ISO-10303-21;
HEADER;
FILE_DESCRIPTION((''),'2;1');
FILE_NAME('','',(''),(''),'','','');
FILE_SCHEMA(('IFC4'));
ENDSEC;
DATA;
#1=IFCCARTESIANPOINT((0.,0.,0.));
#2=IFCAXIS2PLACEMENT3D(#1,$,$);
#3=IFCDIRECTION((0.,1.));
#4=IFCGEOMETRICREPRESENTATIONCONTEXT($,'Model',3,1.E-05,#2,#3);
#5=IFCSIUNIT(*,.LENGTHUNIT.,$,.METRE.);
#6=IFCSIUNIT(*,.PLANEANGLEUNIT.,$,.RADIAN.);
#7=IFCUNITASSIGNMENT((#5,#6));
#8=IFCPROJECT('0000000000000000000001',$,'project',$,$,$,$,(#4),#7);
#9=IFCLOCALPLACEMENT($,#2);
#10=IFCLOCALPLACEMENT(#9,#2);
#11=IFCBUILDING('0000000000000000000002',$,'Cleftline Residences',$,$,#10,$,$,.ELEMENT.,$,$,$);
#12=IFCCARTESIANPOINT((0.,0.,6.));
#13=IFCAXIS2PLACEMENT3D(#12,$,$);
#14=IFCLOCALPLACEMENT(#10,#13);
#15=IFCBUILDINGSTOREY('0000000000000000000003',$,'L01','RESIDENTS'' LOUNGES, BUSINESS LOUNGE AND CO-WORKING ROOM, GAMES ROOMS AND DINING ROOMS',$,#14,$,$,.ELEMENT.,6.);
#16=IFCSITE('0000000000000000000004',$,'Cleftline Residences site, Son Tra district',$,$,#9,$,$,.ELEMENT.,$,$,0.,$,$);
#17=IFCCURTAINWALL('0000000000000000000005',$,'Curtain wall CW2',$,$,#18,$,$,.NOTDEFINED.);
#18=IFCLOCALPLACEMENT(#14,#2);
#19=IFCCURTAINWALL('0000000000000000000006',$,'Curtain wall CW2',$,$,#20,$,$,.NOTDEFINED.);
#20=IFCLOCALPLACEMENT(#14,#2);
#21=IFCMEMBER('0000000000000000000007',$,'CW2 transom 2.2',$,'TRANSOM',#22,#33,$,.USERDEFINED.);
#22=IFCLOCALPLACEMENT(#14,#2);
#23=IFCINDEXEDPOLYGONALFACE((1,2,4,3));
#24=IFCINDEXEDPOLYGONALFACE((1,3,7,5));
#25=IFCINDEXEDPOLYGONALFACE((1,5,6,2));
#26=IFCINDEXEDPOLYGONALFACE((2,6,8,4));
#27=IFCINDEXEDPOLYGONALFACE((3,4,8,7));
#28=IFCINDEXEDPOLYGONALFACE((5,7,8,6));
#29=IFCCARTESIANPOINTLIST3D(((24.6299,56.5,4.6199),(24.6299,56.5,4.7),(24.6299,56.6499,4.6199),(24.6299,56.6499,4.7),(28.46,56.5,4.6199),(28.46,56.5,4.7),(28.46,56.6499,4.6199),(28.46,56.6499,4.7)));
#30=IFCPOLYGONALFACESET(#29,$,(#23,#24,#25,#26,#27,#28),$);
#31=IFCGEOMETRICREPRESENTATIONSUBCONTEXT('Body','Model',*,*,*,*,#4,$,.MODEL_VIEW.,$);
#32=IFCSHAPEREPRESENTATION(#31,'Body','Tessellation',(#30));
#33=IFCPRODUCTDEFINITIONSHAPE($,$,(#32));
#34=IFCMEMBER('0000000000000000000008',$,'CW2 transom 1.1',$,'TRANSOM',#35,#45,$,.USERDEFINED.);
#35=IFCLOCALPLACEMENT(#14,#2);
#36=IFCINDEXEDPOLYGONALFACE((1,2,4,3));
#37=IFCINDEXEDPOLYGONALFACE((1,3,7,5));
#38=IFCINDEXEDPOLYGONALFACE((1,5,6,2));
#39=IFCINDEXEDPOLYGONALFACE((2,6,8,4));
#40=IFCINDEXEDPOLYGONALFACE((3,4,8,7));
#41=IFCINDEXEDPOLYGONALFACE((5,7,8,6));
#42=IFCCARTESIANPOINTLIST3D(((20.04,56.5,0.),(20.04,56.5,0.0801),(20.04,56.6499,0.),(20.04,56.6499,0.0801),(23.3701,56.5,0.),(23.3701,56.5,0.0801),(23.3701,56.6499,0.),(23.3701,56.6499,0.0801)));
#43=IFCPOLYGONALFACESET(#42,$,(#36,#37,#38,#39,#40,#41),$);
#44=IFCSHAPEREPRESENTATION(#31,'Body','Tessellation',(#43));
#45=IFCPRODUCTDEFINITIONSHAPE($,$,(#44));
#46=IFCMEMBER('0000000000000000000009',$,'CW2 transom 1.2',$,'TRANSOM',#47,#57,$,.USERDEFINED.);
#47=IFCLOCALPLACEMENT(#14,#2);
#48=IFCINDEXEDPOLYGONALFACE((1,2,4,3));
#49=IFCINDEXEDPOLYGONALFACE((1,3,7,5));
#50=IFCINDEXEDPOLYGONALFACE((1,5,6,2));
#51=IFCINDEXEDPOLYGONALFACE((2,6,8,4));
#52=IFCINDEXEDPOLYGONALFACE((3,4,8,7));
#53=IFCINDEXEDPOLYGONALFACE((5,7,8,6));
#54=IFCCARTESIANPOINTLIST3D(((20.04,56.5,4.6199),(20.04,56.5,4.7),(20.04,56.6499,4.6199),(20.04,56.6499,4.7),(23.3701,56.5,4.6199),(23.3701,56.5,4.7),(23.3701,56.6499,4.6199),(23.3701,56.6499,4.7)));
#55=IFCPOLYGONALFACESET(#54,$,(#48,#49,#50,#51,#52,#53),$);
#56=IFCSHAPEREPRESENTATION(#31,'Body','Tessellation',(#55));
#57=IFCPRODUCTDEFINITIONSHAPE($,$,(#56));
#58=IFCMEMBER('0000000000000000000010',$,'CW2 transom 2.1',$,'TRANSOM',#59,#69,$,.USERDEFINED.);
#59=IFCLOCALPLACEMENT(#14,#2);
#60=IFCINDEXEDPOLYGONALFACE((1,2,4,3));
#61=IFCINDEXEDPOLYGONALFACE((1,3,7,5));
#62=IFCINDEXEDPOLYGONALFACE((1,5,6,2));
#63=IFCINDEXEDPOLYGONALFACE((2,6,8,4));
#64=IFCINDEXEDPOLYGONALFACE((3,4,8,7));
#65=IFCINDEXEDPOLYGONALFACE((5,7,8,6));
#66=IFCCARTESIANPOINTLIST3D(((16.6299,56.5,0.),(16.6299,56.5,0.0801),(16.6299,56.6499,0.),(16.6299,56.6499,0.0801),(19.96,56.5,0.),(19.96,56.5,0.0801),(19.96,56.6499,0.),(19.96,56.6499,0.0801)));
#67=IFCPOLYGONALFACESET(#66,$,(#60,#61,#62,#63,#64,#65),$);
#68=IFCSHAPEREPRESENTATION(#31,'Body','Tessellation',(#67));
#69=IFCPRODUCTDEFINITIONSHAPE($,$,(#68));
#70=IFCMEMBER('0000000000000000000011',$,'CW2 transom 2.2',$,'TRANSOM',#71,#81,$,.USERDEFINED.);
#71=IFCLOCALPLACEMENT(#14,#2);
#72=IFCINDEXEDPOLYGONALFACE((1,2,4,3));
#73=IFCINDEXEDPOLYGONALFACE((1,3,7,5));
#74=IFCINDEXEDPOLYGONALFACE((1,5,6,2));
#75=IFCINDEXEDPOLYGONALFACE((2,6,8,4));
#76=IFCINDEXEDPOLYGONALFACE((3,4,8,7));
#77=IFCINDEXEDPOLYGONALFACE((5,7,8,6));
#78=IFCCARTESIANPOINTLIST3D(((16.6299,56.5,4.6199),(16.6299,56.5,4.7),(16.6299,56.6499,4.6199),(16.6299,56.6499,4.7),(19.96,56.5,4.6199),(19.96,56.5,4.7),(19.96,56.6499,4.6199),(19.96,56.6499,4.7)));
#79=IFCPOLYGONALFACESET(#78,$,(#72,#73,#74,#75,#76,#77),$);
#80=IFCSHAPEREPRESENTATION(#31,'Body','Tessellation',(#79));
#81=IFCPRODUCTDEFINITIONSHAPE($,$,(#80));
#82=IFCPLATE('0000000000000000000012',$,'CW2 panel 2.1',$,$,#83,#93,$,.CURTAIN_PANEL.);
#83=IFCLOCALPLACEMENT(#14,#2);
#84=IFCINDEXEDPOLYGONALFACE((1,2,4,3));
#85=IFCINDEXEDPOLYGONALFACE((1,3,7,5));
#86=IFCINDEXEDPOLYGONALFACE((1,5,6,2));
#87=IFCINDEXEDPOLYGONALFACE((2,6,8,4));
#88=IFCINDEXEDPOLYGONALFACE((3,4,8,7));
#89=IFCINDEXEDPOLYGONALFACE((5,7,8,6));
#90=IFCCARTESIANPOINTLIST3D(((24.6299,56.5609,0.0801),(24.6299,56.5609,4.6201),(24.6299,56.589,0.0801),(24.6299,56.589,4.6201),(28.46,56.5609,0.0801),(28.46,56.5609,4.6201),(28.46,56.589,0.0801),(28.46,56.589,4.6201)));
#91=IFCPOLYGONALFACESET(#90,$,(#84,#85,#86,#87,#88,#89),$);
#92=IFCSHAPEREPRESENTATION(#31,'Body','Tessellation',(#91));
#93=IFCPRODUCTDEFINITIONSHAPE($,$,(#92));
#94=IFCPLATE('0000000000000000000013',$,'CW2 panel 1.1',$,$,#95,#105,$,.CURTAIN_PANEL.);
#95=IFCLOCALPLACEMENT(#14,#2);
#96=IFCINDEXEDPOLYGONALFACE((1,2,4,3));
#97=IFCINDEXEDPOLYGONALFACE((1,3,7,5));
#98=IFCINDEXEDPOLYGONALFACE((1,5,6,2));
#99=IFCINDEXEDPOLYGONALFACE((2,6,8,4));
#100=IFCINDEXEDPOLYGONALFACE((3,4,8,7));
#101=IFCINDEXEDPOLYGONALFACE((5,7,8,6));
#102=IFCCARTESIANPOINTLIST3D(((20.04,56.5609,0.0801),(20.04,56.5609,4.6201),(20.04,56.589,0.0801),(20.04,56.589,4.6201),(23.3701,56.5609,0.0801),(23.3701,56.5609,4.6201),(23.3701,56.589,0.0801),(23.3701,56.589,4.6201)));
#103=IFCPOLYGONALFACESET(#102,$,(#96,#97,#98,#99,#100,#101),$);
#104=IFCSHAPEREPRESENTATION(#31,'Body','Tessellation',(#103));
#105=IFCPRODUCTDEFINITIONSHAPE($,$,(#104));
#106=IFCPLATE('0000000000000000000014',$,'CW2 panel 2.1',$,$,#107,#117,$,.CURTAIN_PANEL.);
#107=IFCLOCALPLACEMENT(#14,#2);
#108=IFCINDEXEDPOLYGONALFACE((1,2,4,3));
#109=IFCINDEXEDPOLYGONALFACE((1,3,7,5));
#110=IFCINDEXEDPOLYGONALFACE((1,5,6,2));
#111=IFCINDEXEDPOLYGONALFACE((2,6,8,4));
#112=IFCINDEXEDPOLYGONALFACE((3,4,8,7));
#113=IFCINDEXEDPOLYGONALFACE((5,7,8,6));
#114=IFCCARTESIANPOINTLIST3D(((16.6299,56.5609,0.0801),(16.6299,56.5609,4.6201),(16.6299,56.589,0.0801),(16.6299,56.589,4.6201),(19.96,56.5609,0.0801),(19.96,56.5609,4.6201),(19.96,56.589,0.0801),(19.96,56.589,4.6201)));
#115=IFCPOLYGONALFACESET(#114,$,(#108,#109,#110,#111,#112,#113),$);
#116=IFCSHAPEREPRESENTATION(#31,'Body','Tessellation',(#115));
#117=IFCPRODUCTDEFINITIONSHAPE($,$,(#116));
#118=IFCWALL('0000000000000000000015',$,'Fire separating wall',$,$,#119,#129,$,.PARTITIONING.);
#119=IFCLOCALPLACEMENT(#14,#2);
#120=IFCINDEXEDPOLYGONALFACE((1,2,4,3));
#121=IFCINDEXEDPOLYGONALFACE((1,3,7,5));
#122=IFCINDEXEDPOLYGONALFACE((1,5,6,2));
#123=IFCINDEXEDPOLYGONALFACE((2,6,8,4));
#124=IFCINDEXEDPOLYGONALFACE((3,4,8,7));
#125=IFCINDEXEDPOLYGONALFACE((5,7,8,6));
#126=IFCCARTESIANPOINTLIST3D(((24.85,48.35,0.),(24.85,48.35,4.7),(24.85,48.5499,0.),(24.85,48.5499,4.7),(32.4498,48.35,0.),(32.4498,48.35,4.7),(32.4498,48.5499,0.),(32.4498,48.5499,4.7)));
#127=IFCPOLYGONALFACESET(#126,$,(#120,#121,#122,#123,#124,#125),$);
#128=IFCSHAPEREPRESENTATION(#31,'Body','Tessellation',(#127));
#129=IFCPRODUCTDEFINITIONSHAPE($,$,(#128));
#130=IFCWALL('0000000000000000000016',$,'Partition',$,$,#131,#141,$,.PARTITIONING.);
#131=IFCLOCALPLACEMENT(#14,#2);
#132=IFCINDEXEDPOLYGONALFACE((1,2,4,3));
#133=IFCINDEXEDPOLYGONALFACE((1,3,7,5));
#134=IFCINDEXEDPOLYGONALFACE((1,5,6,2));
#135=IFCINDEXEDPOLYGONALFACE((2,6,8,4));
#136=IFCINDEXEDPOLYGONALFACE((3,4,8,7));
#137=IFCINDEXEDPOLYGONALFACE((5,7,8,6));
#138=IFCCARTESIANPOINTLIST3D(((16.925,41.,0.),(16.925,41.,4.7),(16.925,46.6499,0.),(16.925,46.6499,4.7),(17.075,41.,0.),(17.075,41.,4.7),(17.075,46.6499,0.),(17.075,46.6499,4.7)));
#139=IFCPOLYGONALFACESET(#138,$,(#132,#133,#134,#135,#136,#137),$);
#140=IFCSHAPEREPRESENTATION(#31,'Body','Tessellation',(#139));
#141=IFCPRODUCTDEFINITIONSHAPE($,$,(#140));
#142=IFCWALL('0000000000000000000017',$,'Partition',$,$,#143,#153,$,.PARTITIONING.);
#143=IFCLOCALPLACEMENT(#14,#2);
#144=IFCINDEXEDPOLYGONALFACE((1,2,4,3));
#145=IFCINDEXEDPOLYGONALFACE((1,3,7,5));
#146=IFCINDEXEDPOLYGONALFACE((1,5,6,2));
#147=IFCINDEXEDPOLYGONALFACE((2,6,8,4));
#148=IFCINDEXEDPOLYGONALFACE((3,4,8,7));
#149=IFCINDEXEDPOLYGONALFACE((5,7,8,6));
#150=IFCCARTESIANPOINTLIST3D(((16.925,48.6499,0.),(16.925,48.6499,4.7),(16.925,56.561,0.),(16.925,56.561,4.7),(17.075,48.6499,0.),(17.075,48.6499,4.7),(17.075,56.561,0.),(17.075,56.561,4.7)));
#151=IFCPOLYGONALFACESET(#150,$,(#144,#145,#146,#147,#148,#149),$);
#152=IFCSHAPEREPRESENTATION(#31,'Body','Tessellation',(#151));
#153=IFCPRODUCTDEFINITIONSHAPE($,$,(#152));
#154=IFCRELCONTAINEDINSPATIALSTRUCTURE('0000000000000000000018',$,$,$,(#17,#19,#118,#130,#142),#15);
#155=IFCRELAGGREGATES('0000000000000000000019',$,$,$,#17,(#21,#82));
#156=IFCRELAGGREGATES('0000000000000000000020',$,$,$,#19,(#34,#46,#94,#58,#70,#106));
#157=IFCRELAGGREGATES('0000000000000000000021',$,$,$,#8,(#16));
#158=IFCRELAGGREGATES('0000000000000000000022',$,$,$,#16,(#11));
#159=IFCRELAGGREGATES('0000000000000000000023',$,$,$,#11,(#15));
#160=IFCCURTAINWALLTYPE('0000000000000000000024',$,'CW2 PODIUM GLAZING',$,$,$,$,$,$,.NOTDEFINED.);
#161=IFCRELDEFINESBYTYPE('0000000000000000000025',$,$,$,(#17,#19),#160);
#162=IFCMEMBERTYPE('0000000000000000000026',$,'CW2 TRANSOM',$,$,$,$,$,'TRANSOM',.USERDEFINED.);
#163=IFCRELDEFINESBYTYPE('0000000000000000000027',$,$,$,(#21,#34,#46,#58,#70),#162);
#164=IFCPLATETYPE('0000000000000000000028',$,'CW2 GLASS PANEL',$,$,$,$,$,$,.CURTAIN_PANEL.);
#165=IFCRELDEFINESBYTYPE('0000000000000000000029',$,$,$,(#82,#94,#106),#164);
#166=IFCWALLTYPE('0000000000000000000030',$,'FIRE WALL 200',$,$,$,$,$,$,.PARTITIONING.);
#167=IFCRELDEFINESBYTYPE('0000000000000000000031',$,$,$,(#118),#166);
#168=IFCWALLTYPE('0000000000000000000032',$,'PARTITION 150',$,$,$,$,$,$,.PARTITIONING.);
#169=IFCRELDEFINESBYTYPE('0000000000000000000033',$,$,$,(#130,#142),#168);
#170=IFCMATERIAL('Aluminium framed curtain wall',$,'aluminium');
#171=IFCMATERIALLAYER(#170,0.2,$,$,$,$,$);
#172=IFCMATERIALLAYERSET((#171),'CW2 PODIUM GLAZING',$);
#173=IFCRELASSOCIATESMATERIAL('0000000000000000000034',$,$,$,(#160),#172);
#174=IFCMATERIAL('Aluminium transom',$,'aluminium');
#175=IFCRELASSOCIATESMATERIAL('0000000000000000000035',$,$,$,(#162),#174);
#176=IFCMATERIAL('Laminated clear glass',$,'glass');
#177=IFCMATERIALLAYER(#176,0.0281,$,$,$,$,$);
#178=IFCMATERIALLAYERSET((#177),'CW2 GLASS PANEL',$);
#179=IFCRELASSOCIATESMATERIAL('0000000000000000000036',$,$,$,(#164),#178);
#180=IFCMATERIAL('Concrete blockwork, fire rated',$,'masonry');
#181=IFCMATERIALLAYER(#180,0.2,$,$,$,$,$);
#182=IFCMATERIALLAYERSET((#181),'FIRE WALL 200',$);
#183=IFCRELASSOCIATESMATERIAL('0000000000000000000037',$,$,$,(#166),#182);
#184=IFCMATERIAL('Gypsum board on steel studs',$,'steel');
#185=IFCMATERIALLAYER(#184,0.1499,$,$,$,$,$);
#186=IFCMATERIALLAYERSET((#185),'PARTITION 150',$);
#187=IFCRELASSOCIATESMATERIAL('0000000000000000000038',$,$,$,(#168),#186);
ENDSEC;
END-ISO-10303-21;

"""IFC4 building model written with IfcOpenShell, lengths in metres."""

from ifc_helpers import new_model, si_unit, direction, frame, frame_2d, origin, origin_2d, place, context, subcontext, project, spatial, rectangle, extrude, material, layer, layer_set, material_profile, profile_set, type_object, element, aggregate, save


model = new_model("IFC4")

# Units and contexts
model_context = context("Model", 3, precision=1e-05, world=origin(), true_north=direction((0.0, 1.0)))
body_context = subcontext(model_context, "Body", "Model", "MODEL_VIEW")
ifc_project = project(units=[si_unit("LENGTHUNIT", "METRE"), si_unit("PLANEANGLEUNIT", "RADIAN")], contexts=[model_context])

# Site, building, storey
site_placement = place(None, origin())
site = spatial("IfcSite", under=ifc_project, at=site_placement, Name="Cleftline Residences site, Son Tra district", CompositionType="ELEMENT", RefElevation=0.0)
building_placement = place(site_placement, origin())
building = spatial("IfcBuilding", under=site, at=building_placement, Name="Cleftline Residences", CompositionType="ELEMENT")
storey_placement = place(building_placement, frame((0.0, 0.0, 6.0)))
storey = spatial("IfcBuildingStorey", under=building, at=storey_placement, Name="L01", Description="RESIDENTS' LOUNGES, BUSINESS LOUNGE AND CO-WORKING ROOM, GAMES ROOMS AND DINING ROOMS", CompositionType="ELEMENT", Elevation=6.0)

# Curtain walls
ifc_material_1 = material(Name="Aluminium framed curtain wall", Category="aluminium")
ifc_layer_1 = layer(ifc_material_1, 0.2)
ifc_layer_set_1 = layer_set([ifc_layer_1], Name="CW2 PODIUM GLAZING")
curtain_wall_type = type_object("IfcCurtainWallType", Name="CW2 PODIUM GLAZING", PredefinedType="NOTDEFINED", material=ifc_layer_set_1)
curtain_wall_1_placement = place(storey_placement, origin())
curtain_wall_1 = element("IfcCurtainWall", 1, at=curtain_wall_1_placement, inside=storey, type_object=curtain_wall_type, Name="Curtain wall CW2", PredefinedType="NOTDEFINED")
curtain_wall_2_placement = place(storey_placement, origin())
curtain_wall_2 = element("IfcCurtainWall", 2, at=curtain_wall_2_placement, inside=storey, type_object=curtain_wall_type, Name="Curtain wall CW2", PredefinedType="NOTDEFINED")

# Members
ifc_material_2 = material(Name="Aluminium transom", Category="aluminium")
ifc_material_profile_1 = material_profile(ifc_material_2, rectangle(XDim=0.1499, YDim=0.0801, at=origin_2d()))
ifc_profile_set_1 = profile_set([ifc_material_profile_1], Name="Aluminium transom")
member_type_1 = type_object("IfcMemberType", Name="CW2 TRANSOM", ElementType="TRANSOM", PredefinedType="USERDEFINED", material=ifc_profile_set_1)
member_1_placement = place(storey_placement, frame((28.46, 56.575, 4.6599), z_axis=(-1.0, 0.0, 0.0), x_axis=(0.0, -1.0, 0.0)))
member_1 = element("IfcMember", 3, at=member_1_placement, type_object=member_type_1, Name="CW2 transom 2.2", ObjectType="TRANSOM", PredefinedType="USERDEFINED", context=body_context, shape_type="SweptSolid", body=[
    extrude(rectangle(XDim=0.1499, YDim=0.0801, at=origin_2d()), origin(), (0.0, 0.0, 1.0), 3.8301),
])
member_2_placement = place(storey_placement, frame((23.3701, 56.575, 0.04), z_axis=(-1.0, 0.0, 0.0), x_axis=(0.0, -1.0, 0.0)))
member_2 = element("IfcMember", 4, at=member_2_placement, type_object=member_type_1, Name="CW2 transom 1.1", ObjectType="TRANSOM", PredefinedType="USERDEFINED", context=body_context, shape_type="SweptSolid", body=[
    extrude(rectangle(XDim=0.1499, YDim=0.0801, at=origin_2d()), origin(), (0.0, 0.0, 1.0), 3.3301),
])
member_3_placement = place(storey_placement, frame((23.3701, 56.575, 4.6599), z_axis=(-1.0, 0.0, 0.0), x_axis=(0.0, -1.0, 0.0)))
member_3 = element("IfcMember", 5, at=member_3_placement, type_object=member_type_1, Name="CW2 transom 1.2", ObjectType="TRANSOM", PredefinedType="USERDEFINED", context=body_context, shape_type="SweptSolid", body=[
    extrude(rectangle(XDim=0.1499, YDim=0.0801, at=origin_2d()), origin(), (0.0, 0.0, 1.0), 3.3301),
])
member_4_placement = place(storey_placement, frame((19.96, 56.575, 0.04), z_axis=(-1.0, 0.0, 0.0), x_axis=(0.0, -1.0, 0.0)))
member_4 = element("IfcMember", 6, at=member_4_placement, type_object=member_type_1, Name="CW2 transom 2.1", ObjectType="TRANSOM", PredefinedType="USERDEFINED", context=body_context, shape_type="SweptSolid", body=[
    extrude(rectangle(XDim=0.1499, YDim=0.0801, at=origin_2d()), origin(), (0.0, 0.0, 1.0), 3.3301),
])
member_5_placement = place(storey_placement, frame((19.96, 56.575, 4.6599), z_axis=(-1.0, 0.0, 0.0), x_axis=(0.0, -1.0, 0.0)))
member_5 = element("IfcMember", 7, at=member_5_placement, type_object=member_type_1, Name="CW2 transom 2.2", ObjectType="TRANSOM", PredefinedType="USERDEFINED", context=body_context, shape_type="SweptSolid", body=[
    extrude(rectangle(XDim=0.1499, YDim=0.0801, at=origin_2d()), origin(), (0.0, 0.0, 1.0), 3.3301),
])

# Plates
ifc_material_3 = material(Name="Laminated clear glass", Category="glass")
ifc_layer_2 = layer(ifc_material_3, 0.0281)
ifc_layer_set_2 = layer_set([ifc_layer_2], Name="CW2 GLASS PANEL")
plate_type = type_object("IfcPlateType", Name="CW2 GLASS PANEL", PredefinedType="CURTAIN_PANEL", material=ifc_layer_set_2)
plate_1_placement = place(storey_placement, frame((26.5449, 56.575, 0.0801), z_axis=(0.0, 0.0, 1.0), x_axis=(-1.0, 0.0, 0.0)))
plate_1 = element("IfcPlate", 8, at=plate_1_placement, type_object=plate_type, Name="CW2 panel 2.1", PredefinedType="CURTAIN_PANEL", context=body_context, shape_type="SweptSolid", body=[
    extrude(rectangle(XDim=3.8301, YDim=0.0281, at=origin_2d()), origin(), (0.0, 0.0, 1.0), 4.54),
])
aggregate(curtain_wall_1, [member_1, plate_1])
plate_2_placement = place(storey_placement, frame((21.7051, 56.575, 0.0801), z_axis=(0.0, 0.0, 1.0), x_axis=(-1.0, 0.0, 0.0)))
plate_2 = element("IfcPlate", 9, at=plate_2_placement, type_object=plate_type, Name="CW2 panel 1.1", PredefinedType="CURTAIN_PANEL", context=body_context, shape_type="SweptSolid", body=[
    extrude(rectangle(XDim=3.3301, YDim=0.0281, at=origin_2d()), origin(), (0.0, 0.0, 1.0), 4.54),
])
plate_3_placement = place(storey_placement, frame((18.2949, 56.575, 0.0801), z_axis=(0.0, 0.0, 1.0), x_axis=(-1.0, 0.0, 0.0)))
plate_3 = element("IfcPlate", 10, at=plate_3_placement, type_object=plate_type, Name="CW2 panel 2.1", PredefinedType="CURTAIN_PANEL", context=body_context, shape_type="SweptSolid", body=[
    extrude(rectangle(XDim=3.3301, YDim=0.0281, at=origin_2d()), origin(), (0.0, 0.0, 1.0), 4.54),
])
aggregate(curtain_wall_2, [member_2, member_3, plate_2, member_4, member_5, plate_3])

# Walls
ifc_material_4 = material(Name="Concrete blockwork, fire rated", Category="masonry")
ifc_layer_3 = layer(ifc_material_4, 0.2)
ifc_layer_set_3 = layer_set([ifc_layer_3], Name="FIRE WALL 200")
wall_type_1 = type_object("IfcWallType", Name="FIRE WALL 200", PredefinedType="PARTITIONING", material=ifc_layer_set_3)
wall_1_placement = place(storey_placement, frame((24.8501, 48.45, 0.0), z_axis=(0.0, 0.0, 1.0), x_axis=(1.0, 0.0, 0.0)))
element("IfcWall", 11, at=wall_1_placement, inside=storey, type_object=wall_type_1, Name="Fire separating wall", PredefinedType="PARTITIONING", context=body_context, shape_type="SweptSolid", body=[
    extrude(rectangle(XDim=7.5999, YDim=0.2, at=frame_2d((3.7998, 0.0))), origin(), (0.0, 0.0, 1.0), 4.7),
])
ifc_material_5 = material(Name="Gypsum board on steel studs", Category="steel")
ifc_layer_4 = layer(ifc_material_5, 0.1499)
ifc_layer_set_4 = layer_set([ifc_layer_4], Name="PARTITION 150")
wall_type_2 = type_object("IfcWallType", Name="PARTITION 150", PredefinedType="PARTITIONING", material=ifc_layer_set_4)
wall_2_placement = place(storey_placement, frame((17.0, 41.0, 0.0), z_axis=(0.0, 0.0, 1.0), x_axis=(0.0, 1.0, 0.0)))
element("IfcWall", 12, at=wall_2_placement, inside=storey, type_object=wall_type_2, Name="Partition", PredefinedType="PARTITIONING", context=body_context, shape_type="SweptSolid", body=[
    extrude(rectangle(XDim=5.6499, YDim=0.1499, at=frame_2d((2.825, 0.0))), origin(), (0.0, 0.0, 1.0), 4.7),
])
wall_3_placement = place(storey_placement, frame((17.0, 48.6499, 0.0), z_axis=(0.0, 0.0, 1.0), x_axis=(0.0, 1.0, 0.0)))
element("IfcWall", 13, at=wall_3_placement, inside=storey, type_object=wall_type_2, Name="Partition", PredefinedType="PARTITIONING", context=body_context, shape_type="SweptSolid", body=[
    extrude(rectangle(XDim=7.9111, YDim=0.1499, at=frame_2d((3.9556, 0.0))), origin(), (0.0, 0.0, 1.0), 4.7),
])

save(model, "model.ifc")
